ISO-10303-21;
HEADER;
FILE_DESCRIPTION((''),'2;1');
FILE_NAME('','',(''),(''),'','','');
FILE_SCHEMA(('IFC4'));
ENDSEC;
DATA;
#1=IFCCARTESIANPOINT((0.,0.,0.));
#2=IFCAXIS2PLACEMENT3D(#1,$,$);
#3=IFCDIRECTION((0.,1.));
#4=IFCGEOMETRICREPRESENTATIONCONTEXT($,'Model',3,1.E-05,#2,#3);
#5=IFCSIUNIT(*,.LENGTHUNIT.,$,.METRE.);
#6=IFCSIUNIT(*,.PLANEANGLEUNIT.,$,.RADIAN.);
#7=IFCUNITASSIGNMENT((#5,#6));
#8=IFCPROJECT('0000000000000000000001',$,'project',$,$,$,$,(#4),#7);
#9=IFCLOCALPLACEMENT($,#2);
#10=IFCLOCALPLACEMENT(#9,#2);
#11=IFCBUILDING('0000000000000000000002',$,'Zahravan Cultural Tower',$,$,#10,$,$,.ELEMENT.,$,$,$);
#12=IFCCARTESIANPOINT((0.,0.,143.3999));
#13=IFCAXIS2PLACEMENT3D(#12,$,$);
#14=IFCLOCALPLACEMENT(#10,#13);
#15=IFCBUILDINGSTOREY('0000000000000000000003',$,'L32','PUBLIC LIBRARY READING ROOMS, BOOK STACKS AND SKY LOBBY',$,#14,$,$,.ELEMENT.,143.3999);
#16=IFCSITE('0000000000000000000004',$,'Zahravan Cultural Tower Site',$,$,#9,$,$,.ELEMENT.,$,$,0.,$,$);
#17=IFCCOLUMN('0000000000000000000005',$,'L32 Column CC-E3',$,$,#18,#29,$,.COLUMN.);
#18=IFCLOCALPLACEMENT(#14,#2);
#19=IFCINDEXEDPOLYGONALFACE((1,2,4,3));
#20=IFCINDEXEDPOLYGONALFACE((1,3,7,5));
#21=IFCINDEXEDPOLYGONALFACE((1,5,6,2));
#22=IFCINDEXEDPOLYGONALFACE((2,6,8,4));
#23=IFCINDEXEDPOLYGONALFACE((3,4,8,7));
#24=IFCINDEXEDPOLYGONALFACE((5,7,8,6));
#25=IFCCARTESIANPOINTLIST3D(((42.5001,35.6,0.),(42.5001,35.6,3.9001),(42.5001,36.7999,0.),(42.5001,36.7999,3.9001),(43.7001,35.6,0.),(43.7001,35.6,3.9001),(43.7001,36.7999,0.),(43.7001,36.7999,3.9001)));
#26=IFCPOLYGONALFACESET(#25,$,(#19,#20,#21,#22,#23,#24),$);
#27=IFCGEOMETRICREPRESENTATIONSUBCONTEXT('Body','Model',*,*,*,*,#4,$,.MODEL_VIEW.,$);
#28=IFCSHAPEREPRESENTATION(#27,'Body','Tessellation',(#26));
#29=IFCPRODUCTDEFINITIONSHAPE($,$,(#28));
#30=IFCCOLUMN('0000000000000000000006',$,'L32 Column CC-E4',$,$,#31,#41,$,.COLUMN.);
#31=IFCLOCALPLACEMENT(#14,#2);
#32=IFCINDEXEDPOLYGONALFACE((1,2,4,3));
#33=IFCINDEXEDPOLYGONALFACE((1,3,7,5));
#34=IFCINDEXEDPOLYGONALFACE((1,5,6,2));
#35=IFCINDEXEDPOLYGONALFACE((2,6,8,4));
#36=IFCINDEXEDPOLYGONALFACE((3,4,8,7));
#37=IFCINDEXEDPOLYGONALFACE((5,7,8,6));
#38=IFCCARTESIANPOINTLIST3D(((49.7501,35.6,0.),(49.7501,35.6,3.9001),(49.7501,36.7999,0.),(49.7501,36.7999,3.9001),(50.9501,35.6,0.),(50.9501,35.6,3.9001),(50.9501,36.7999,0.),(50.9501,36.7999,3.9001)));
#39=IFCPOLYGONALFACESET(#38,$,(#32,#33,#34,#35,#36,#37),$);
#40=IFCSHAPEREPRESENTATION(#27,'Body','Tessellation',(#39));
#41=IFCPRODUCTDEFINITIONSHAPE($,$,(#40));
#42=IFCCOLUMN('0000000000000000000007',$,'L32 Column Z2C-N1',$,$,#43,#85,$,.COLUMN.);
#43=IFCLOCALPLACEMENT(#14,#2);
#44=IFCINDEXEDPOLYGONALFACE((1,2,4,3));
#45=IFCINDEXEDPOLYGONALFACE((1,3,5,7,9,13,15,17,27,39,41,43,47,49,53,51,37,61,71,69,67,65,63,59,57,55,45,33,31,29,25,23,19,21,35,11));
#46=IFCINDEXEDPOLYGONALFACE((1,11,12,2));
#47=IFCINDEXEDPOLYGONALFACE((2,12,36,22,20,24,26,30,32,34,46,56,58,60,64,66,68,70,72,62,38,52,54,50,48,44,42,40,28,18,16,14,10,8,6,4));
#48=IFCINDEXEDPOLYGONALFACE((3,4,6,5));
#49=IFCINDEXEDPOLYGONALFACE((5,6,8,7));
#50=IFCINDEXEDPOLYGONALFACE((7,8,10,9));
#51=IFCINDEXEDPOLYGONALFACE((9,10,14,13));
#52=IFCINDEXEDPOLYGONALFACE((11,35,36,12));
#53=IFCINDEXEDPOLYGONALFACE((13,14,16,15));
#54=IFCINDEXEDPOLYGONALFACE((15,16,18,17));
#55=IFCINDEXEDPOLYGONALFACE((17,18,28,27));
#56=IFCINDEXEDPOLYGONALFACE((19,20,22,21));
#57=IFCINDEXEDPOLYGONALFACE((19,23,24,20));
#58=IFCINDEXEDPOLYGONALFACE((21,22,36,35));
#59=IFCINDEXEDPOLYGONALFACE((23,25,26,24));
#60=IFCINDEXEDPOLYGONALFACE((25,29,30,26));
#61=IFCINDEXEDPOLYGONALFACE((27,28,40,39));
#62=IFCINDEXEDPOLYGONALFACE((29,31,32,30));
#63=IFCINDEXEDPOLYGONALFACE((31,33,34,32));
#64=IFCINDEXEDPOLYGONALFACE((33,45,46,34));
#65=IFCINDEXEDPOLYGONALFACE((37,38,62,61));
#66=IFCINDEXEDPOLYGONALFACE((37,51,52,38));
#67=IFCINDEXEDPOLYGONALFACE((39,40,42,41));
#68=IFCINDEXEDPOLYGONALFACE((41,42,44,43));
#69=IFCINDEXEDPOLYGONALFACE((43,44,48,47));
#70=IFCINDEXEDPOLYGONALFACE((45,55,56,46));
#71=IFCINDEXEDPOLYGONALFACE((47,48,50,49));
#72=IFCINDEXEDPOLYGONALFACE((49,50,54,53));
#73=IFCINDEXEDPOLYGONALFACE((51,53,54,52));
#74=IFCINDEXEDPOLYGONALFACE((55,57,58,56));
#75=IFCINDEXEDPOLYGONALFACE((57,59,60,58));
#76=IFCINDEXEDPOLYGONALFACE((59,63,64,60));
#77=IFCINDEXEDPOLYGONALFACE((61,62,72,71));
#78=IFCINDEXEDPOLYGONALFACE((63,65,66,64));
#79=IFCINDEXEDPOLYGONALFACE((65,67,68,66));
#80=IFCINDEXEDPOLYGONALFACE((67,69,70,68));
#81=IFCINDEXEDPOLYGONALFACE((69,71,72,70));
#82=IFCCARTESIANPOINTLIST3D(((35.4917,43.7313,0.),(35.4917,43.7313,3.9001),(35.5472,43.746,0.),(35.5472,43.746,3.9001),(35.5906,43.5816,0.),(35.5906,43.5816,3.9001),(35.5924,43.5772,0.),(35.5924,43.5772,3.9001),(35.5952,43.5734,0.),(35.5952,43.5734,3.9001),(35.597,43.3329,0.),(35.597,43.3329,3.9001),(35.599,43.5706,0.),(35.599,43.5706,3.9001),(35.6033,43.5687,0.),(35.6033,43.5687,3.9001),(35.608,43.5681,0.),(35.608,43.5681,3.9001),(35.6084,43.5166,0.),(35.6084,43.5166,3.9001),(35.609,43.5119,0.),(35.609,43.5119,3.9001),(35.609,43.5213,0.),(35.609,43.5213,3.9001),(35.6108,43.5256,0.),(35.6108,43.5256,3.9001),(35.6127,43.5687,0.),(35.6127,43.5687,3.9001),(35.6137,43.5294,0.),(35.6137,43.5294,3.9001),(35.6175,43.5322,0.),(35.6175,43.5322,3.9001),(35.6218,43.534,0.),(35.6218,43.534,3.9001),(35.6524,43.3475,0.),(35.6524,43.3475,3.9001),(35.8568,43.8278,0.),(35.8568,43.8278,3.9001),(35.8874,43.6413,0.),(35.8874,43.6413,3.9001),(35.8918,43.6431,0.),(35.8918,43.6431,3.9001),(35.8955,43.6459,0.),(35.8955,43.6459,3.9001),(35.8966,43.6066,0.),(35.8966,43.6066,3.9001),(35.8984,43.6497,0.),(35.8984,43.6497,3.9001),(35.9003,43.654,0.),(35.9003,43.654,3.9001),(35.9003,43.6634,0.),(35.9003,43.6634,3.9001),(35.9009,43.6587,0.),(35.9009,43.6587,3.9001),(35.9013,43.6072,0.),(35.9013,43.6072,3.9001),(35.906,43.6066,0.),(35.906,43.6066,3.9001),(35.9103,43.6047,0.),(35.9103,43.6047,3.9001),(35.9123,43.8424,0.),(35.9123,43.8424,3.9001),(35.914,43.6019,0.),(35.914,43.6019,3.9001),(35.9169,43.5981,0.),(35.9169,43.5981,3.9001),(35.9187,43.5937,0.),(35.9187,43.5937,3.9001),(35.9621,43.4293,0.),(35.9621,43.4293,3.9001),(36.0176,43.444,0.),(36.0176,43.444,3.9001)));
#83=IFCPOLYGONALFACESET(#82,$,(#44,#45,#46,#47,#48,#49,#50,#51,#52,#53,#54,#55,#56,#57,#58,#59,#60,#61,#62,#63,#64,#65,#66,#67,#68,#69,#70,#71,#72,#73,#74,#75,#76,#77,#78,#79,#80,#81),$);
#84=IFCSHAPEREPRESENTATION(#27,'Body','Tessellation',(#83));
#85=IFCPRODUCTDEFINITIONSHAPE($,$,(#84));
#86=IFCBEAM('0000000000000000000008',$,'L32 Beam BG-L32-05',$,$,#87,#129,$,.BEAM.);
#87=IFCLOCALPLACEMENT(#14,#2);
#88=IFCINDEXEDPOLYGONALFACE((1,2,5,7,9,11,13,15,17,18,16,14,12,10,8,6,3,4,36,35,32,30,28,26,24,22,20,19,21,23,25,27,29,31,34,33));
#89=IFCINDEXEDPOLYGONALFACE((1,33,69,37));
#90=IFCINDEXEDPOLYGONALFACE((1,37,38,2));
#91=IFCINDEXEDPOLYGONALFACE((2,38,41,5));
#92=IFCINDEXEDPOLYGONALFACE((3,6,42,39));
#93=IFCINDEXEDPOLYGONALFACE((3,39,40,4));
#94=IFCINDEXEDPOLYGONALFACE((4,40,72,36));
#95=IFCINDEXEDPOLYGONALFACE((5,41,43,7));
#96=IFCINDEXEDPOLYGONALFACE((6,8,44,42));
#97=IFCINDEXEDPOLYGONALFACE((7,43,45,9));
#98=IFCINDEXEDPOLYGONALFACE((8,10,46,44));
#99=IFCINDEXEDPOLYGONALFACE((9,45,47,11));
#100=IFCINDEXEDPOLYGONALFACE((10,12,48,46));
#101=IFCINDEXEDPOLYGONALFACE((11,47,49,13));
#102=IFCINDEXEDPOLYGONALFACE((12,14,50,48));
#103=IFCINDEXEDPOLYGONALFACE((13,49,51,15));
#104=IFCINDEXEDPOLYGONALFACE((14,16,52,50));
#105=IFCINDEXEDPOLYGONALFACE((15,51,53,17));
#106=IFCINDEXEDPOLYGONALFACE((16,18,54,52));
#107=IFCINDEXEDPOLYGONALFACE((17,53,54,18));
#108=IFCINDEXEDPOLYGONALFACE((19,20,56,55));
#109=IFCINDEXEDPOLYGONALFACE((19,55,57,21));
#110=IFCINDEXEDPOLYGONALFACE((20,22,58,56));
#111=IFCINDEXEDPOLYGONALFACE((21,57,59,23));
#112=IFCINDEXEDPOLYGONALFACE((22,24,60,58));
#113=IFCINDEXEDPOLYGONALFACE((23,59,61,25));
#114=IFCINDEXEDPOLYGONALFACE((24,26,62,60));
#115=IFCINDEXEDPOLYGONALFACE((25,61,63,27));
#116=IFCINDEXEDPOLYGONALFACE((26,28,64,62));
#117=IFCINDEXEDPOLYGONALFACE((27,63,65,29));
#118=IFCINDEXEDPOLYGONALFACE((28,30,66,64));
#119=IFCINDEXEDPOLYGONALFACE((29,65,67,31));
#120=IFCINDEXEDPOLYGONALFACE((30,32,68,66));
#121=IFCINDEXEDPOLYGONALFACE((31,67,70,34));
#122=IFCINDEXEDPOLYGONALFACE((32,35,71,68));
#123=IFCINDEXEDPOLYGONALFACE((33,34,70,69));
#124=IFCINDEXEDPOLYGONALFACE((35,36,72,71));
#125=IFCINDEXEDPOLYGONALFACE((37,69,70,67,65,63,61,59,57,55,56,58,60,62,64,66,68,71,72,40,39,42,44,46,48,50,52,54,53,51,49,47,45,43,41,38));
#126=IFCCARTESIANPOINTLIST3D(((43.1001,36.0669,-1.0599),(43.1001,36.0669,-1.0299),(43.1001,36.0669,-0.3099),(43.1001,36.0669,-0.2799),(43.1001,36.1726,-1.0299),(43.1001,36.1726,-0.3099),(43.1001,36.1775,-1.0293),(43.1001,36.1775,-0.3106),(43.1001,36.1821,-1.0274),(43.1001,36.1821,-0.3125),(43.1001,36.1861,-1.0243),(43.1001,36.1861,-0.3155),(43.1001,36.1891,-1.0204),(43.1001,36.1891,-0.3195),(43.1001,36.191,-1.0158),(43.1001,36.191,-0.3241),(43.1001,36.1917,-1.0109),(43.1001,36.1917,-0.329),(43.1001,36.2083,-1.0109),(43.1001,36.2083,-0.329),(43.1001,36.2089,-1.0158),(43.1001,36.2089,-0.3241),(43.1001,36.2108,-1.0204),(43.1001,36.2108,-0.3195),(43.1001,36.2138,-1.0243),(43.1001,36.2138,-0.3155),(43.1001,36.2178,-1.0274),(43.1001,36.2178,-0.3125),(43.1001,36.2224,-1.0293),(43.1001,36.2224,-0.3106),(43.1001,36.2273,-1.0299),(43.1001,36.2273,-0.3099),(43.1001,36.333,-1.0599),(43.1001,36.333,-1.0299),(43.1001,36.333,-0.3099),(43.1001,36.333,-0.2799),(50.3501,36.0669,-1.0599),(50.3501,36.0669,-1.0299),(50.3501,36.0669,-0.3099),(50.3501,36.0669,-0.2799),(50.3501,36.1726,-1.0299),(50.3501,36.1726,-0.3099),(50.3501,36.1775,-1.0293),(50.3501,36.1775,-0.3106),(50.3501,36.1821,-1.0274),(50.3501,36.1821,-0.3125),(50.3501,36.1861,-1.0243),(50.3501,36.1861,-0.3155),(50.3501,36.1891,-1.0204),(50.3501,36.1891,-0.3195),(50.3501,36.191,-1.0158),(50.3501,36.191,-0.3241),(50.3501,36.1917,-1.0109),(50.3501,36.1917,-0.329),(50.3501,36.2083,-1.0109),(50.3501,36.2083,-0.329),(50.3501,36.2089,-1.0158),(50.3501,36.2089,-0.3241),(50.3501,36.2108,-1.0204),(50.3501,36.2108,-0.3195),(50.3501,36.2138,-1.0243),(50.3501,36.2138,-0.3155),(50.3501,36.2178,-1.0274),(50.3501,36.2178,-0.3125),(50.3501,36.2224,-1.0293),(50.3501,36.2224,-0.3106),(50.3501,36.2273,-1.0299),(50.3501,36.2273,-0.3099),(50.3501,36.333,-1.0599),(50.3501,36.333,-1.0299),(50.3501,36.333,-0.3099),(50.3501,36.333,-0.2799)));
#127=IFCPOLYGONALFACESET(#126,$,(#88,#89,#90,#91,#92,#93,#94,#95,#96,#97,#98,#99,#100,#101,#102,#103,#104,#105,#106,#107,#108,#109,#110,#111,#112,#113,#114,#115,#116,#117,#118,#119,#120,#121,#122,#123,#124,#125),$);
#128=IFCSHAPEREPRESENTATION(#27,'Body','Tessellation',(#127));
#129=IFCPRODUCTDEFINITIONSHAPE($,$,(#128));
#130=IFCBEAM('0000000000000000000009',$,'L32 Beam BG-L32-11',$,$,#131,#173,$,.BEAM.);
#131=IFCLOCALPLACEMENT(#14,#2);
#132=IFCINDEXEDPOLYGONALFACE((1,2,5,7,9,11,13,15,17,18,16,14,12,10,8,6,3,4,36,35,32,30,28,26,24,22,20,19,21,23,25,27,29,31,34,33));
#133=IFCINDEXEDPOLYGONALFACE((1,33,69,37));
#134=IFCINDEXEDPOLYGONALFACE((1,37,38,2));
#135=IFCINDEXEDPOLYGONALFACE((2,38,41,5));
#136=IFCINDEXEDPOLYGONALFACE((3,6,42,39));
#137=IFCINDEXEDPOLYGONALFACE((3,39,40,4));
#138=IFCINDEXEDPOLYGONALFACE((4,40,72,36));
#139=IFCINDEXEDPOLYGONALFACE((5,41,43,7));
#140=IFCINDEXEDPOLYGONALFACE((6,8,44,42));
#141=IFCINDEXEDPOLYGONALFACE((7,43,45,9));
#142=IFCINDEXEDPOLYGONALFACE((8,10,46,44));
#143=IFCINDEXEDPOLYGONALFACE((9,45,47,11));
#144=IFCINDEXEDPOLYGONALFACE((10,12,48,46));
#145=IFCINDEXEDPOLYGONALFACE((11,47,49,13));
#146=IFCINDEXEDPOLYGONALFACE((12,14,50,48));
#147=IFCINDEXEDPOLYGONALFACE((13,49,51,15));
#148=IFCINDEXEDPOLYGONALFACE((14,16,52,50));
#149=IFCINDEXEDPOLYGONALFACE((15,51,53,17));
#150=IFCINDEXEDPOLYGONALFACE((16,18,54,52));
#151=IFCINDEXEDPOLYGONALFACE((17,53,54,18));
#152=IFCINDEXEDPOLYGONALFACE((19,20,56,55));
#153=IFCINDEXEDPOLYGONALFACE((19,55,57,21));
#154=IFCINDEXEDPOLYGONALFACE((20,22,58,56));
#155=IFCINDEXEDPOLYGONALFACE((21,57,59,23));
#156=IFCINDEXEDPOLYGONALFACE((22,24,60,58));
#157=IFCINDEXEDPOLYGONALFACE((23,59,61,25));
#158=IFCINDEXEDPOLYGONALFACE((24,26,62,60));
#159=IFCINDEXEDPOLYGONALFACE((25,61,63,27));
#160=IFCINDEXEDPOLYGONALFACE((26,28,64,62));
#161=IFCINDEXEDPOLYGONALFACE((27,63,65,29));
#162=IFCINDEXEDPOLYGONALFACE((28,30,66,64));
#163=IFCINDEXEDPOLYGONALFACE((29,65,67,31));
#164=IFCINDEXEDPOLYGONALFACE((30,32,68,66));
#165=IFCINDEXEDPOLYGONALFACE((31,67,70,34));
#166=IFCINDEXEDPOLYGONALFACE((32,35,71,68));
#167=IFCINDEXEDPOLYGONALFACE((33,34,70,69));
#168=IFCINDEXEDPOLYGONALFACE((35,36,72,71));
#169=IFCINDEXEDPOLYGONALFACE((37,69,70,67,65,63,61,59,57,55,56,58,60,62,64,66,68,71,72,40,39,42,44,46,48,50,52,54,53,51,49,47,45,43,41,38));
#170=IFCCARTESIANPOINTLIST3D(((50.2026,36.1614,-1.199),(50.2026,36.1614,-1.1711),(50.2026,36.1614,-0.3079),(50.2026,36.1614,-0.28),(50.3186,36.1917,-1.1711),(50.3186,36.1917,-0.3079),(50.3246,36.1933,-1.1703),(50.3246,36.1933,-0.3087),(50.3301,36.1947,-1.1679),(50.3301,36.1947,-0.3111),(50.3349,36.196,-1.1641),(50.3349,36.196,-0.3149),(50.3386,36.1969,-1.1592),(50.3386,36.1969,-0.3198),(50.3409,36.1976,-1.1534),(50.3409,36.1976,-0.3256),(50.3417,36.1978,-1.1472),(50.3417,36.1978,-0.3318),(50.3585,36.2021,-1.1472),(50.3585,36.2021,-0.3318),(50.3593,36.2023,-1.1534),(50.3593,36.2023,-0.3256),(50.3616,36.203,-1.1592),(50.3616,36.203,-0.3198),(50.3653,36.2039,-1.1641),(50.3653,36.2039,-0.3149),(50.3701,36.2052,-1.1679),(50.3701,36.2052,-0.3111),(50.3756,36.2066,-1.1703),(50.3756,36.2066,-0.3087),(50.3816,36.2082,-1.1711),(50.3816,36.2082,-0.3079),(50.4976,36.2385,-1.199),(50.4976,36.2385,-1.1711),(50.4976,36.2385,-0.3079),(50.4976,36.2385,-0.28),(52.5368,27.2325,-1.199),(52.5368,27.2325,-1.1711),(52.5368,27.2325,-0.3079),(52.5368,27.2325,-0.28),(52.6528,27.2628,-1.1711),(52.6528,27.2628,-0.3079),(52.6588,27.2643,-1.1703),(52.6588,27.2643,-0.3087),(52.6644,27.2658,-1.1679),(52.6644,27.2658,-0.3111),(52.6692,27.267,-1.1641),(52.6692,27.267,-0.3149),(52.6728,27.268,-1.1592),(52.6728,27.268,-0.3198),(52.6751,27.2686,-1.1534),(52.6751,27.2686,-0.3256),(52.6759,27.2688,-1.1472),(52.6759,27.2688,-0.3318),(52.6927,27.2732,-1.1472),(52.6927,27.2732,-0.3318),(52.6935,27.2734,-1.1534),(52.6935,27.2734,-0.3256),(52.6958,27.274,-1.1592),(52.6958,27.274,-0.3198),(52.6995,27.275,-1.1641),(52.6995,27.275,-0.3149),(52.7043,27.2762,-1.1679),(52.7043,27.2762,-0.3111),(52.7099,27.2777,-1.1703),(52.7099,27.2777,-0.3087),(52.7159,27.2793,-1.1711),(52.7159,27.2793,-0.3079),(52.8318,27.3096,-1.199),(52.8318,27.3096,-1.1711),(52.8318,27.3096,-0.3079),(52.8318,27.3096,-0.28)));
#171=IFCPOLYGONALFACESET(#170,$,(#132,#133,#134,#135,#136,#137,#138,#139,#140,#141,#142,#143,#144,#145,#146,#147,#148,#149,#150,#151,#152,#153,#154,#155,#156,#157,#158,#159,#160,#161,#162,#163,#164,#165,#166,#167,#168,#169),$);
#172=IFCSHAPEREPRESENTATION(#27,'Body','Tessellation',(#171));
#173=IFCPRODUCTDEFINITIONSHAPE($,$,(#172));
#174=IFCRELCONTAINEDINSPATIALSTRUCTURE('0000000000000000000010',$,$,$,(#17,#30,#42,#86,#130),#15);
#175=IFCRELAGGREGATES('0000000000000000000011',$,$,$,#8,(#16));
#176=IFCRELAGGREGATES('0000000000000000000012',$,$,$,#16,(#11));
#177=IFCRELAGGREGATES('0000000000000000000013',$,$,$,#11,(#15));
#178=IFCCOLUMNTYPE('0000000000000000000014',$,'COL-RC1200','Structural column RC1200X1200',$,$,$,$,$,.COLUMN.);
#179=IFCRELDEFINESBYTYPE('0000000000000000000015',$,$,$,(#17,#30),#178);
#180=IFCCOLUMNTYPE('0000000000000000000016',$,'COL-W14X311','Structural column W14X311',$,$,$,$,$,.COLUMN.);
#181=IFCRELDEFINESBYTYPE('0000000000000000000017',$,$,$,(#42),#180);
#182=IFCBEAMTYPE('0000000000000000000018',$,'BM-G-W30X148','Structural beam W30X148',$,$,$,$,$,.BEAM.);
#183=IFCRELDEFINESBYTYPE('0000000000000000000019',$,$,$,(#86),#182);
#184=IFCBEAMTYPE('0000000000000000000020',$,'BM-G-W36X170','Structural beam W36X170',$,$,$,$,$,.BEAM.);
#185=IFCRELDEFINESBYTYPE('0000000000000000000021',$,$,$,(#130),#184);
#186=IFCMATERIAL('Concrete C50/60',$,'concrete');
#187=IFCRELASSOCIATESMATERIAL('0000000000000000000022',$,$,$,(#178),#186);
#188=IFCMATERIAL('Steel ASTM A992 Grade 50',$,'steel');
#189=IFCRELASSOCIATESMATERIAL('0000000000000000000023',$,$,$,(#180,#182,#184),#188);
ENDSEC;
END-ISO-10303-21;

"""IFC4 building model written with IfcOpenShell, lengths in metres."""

from ifc_helpers import new_model, si_unit, direction, frame, origin, origin_2d, place, context, subcontext, project, spatial, rectangle, i_section, extrude, source, transform, mapped, material, material_profile, profile_set, type_object, element, save


model = new_model("IFC4")

# Units and contexts
model_context = context("Model", 3, precision=1e-05, world=origin(), true_north=direction((0.0, 1.0)))
body_context = subcontext(model_context, "Body", "Model", "MODEL_VIEW")
ifc_project = project(units=[si_unit("LENGTHUNIT", "METRE"), si_unit("PLANEANGLEUNIT", "RADIAN")], contexts=[model_context])

# Site, building, storey
site_placement = place(None, origin())
site = spatial("IfcSite", under=ifc_project, at=site_placement, Name="Zahravan Cultural Tower Site", CompositionType="ELEMENT", RefElevation=0.0)
building_placement = place(site_placement, origin())
building = spatial("IfcBuilding", under=site, at=building_placement, Name="Zahravan Cultural Tower", CompositionType="ELEMENT")
storey_placement = place(building_placement, frame((0.0, 0.0, 143.3999)))
storey = spatial("IfcBuildingStorey", under=building, at=storey_placement, Name="L32", Description="PUBLIC LIBRARY READING ROOMS, BOOK STACKS AND SKY LOBBY", CompositionType="ELEMENT", Elevation=143.3999)

# Columns
ifc_material_1 = material(Name="Concrete C50/60", Category="concrete")
ifc_material_profile_1 = material_profile(ifc_material_1, rectangle(XDim=1.2, YDim=1.2, at=origin_2d()), Name="RC1200X1200")
ifc_profile_set_1 = profile_set([ifc_material_profile_1], Name="Concrete C50/60")
column_type_1 = type_object("IfcColumnType", Name="COL-RC1200", Description="Structural column RC1200X1200", PredefinedType="COLUMN", material=ifc_profile_set_1)
shared_shape_1 = source(origin(), body_context, "Body", "SweptSolid", [
    extrude(rectangle(XDim=1.2, YDim=1.2, at=origin_2d()), origin(), (0.0, 0.0, 1.0), 3.9001),
])
for number, where, z_axis, x_axis, name in (
    (1, (43.1001, 36.2, 0.0), (0.0, 0.0, 1.0), (1.0, 0.0, 0.0), "L32 Column CC-E3"),
    (2, (50.3501, 36.2, 0.0), (0.0, 0.0, 1.0), (1.0, 0.0, 0.0), "L32 Column CC-E4"),
):
    element("IfcColumn", number, at=place(storey_placement, frame(where, z_axis=z_axis, x_axis=x_axis)), inside=storey, type_object=column_type_1, Name=name, PredefinedType="COLUMN", context=body_context, shape_type="MappedRepresentation", body=[
        mapped(shared_shape_1, transform((0.0, 0.0, 0.0), x_axis=(1.0, 0.0, 0.0), y_axis=(0.0, 1.0, 0.0), z_axis=(0.0, 0.0, 1.0), scale=1.0)),
    ])
ifc_material_2 = material(Name="Steel ASTM A992 Grade 50", Category="steel")
ifc_material_profile_2 = material_profile(ifc_material_2, i_section(OverallWidth=0.4121, OverallDepth=0.4351, WebThickness=0.0359, FlangeThickness=0.0574, FilletRadius=0.0181, at=origin_2d()), Name="W14X311")
ifc_profile_set_2 = profile_set([ifc_material_profile_2], Name="Steel ASTM A992 Grade 50")
column_type_2 = type_object("IfcColumnType", Name="COL-W14X311", Description="Structural column W14X311", PredefinedType="COLUMN", material=ifc_profile_set_2)
shared_shape_2 = source(origin(), body_context, "Body", "SweptSolid", [
    extrude(i_section(OverallWidth=0.4121, OverallDepth=0.4351, WebThickness=0.0359, FlangeThickness=0.0574, FilletRadius=0.0181, at=origin_2d()), origin(), (0.0, 0.0, 1.0), 3.9001),
])
column_placement = place(storey_placement, frame((35.7546, 43.5876, 0.0), z_axis=(0.0, 0.0, 1.0), x_axis=(-0.255446, 0.966823, 0.0)))
element("IfcColumn", 3, at=column_placement, inside=storey, type_object=column_type_2, Name="L32 Column Z2C-N1", PredefinedType="COLUMN", context=body_context, shape_type="MappedRepresentation", body=[
    mapped(shared_shape_2, transform((0.0, 0.0, 0.0), x_axis=(1.0, 0.0, 0.0), y_axis=(0.0, 1.0, 0.0), z_axis=(0.0, 0.0, 1.0), scale=1.0)),
])

# Beams
ifc_material_profile_3 = material_profile(ifc_material_2, i_section(OverallWidth=0.2661, OverallDepth=0.78, WebThickness=0.0166, FlangeThickness=0.03, FilletRadius=0.019, at=origin_2d()), Name="W30X148")
ifc_profile_set_3 = profile_set([ifc_material_profile_3], Name="Steel ASTM A992 Grade 50")
beam_type_1 = type_object("IfcBeamType", Name="BM-G-W30X148", Description="Structural beam W30X148", PredefinedType="BEAM", material=ifc_profile_set_3)
shared_shape_3 = source(origin(), body_context, "Body", "SweptSolid", [
    extrude(i_section(OverallWidth=0.2661, OverallDepth=0.78, WebThickness=0.0166, FlangeThickness=0.03, FilletRadius=0.019, at=origin_2d()), origin(), (0.0, 0.0, 1.0), 7.25),
])
beam_1_placement = place(storey_placement, frame((43.1001, 36.2, -0.6699), z_axis=(1.0, 0.0, 0.0), x_axis=(0.0, 1.0, 0.0)))
element("IfcBeam", 4, at=beam_1_placement, inside=storey, type_object=beam_type_1, Name="L32 Beam BG-L32-05", PredefinedType="BEAM", context=body_context, shape_type="MappedRepresentation", body=[
    mapped(shared_shape_3, transform((0.0, 0.0, 0.0), x_axis=(1.0, 0.0, 0.0), y_axis=(0.0, 1.0, 0.0), z_axis=(0.0, 0.0, 1.0), scale=1.0)),
])
ifc_material_profile_4 = material_profile(ifc_material_2, i_section(OverallWidth=0.3049, OverallDepth=0.9189, WebThickness=0.0173, FlangeThickness=0.0278, FilletRadius=0.0239, at=origin_2d()), Name="W36X170")
ifc_profile_set_4 = profile_set([ifc_material_profile_4], Name="Steel ASTM A992 Grade 50")
beam_type_2 = type_object("IfcBeamType", Name="BM-G-W36X170", Description="Structural beam W36X170", PredefinedType="BEAM", material=ifc_profile_set_4)
shared_shape_4 = source(origin(), body_context, "Body", "SweptSolid", [
    extrude(i_section(OverallWidth=0.3049, OverallDepth=0.9189, WebThickness=0.0173, FlangeThickness=0.0278, FilletRadius=0.0239, at=origin_2d()), origin(), (0.0, 0.0, 1.0), 9.229),
])
beam_2_placement = place(storey_placement, frame((50.3501, 36.2, -0.7395), z_axis=(0.252923, -0.967487, 0.0), x_axis=(0.967487, 0.252923, 0.0)))
element("IfcBeam", 5, at=beam_2_placement, inside=storey, type_object=beam_type_2, Name="L32 Beam BG-L32-11", PredefinedType="BEAM", context=body_context, shape_type="MappedRepresentation", body=[
    mapped(shared_shape_4, transform((0.0, 0.0, 0.0), x_axis=(1.0, 0.0, 0.0), y_axis=(0.0, 1.0, 0.0), z_axis=(0.0, 0.0, 1.0), scale=1.0)),
])

save(model, "model.ifc")
